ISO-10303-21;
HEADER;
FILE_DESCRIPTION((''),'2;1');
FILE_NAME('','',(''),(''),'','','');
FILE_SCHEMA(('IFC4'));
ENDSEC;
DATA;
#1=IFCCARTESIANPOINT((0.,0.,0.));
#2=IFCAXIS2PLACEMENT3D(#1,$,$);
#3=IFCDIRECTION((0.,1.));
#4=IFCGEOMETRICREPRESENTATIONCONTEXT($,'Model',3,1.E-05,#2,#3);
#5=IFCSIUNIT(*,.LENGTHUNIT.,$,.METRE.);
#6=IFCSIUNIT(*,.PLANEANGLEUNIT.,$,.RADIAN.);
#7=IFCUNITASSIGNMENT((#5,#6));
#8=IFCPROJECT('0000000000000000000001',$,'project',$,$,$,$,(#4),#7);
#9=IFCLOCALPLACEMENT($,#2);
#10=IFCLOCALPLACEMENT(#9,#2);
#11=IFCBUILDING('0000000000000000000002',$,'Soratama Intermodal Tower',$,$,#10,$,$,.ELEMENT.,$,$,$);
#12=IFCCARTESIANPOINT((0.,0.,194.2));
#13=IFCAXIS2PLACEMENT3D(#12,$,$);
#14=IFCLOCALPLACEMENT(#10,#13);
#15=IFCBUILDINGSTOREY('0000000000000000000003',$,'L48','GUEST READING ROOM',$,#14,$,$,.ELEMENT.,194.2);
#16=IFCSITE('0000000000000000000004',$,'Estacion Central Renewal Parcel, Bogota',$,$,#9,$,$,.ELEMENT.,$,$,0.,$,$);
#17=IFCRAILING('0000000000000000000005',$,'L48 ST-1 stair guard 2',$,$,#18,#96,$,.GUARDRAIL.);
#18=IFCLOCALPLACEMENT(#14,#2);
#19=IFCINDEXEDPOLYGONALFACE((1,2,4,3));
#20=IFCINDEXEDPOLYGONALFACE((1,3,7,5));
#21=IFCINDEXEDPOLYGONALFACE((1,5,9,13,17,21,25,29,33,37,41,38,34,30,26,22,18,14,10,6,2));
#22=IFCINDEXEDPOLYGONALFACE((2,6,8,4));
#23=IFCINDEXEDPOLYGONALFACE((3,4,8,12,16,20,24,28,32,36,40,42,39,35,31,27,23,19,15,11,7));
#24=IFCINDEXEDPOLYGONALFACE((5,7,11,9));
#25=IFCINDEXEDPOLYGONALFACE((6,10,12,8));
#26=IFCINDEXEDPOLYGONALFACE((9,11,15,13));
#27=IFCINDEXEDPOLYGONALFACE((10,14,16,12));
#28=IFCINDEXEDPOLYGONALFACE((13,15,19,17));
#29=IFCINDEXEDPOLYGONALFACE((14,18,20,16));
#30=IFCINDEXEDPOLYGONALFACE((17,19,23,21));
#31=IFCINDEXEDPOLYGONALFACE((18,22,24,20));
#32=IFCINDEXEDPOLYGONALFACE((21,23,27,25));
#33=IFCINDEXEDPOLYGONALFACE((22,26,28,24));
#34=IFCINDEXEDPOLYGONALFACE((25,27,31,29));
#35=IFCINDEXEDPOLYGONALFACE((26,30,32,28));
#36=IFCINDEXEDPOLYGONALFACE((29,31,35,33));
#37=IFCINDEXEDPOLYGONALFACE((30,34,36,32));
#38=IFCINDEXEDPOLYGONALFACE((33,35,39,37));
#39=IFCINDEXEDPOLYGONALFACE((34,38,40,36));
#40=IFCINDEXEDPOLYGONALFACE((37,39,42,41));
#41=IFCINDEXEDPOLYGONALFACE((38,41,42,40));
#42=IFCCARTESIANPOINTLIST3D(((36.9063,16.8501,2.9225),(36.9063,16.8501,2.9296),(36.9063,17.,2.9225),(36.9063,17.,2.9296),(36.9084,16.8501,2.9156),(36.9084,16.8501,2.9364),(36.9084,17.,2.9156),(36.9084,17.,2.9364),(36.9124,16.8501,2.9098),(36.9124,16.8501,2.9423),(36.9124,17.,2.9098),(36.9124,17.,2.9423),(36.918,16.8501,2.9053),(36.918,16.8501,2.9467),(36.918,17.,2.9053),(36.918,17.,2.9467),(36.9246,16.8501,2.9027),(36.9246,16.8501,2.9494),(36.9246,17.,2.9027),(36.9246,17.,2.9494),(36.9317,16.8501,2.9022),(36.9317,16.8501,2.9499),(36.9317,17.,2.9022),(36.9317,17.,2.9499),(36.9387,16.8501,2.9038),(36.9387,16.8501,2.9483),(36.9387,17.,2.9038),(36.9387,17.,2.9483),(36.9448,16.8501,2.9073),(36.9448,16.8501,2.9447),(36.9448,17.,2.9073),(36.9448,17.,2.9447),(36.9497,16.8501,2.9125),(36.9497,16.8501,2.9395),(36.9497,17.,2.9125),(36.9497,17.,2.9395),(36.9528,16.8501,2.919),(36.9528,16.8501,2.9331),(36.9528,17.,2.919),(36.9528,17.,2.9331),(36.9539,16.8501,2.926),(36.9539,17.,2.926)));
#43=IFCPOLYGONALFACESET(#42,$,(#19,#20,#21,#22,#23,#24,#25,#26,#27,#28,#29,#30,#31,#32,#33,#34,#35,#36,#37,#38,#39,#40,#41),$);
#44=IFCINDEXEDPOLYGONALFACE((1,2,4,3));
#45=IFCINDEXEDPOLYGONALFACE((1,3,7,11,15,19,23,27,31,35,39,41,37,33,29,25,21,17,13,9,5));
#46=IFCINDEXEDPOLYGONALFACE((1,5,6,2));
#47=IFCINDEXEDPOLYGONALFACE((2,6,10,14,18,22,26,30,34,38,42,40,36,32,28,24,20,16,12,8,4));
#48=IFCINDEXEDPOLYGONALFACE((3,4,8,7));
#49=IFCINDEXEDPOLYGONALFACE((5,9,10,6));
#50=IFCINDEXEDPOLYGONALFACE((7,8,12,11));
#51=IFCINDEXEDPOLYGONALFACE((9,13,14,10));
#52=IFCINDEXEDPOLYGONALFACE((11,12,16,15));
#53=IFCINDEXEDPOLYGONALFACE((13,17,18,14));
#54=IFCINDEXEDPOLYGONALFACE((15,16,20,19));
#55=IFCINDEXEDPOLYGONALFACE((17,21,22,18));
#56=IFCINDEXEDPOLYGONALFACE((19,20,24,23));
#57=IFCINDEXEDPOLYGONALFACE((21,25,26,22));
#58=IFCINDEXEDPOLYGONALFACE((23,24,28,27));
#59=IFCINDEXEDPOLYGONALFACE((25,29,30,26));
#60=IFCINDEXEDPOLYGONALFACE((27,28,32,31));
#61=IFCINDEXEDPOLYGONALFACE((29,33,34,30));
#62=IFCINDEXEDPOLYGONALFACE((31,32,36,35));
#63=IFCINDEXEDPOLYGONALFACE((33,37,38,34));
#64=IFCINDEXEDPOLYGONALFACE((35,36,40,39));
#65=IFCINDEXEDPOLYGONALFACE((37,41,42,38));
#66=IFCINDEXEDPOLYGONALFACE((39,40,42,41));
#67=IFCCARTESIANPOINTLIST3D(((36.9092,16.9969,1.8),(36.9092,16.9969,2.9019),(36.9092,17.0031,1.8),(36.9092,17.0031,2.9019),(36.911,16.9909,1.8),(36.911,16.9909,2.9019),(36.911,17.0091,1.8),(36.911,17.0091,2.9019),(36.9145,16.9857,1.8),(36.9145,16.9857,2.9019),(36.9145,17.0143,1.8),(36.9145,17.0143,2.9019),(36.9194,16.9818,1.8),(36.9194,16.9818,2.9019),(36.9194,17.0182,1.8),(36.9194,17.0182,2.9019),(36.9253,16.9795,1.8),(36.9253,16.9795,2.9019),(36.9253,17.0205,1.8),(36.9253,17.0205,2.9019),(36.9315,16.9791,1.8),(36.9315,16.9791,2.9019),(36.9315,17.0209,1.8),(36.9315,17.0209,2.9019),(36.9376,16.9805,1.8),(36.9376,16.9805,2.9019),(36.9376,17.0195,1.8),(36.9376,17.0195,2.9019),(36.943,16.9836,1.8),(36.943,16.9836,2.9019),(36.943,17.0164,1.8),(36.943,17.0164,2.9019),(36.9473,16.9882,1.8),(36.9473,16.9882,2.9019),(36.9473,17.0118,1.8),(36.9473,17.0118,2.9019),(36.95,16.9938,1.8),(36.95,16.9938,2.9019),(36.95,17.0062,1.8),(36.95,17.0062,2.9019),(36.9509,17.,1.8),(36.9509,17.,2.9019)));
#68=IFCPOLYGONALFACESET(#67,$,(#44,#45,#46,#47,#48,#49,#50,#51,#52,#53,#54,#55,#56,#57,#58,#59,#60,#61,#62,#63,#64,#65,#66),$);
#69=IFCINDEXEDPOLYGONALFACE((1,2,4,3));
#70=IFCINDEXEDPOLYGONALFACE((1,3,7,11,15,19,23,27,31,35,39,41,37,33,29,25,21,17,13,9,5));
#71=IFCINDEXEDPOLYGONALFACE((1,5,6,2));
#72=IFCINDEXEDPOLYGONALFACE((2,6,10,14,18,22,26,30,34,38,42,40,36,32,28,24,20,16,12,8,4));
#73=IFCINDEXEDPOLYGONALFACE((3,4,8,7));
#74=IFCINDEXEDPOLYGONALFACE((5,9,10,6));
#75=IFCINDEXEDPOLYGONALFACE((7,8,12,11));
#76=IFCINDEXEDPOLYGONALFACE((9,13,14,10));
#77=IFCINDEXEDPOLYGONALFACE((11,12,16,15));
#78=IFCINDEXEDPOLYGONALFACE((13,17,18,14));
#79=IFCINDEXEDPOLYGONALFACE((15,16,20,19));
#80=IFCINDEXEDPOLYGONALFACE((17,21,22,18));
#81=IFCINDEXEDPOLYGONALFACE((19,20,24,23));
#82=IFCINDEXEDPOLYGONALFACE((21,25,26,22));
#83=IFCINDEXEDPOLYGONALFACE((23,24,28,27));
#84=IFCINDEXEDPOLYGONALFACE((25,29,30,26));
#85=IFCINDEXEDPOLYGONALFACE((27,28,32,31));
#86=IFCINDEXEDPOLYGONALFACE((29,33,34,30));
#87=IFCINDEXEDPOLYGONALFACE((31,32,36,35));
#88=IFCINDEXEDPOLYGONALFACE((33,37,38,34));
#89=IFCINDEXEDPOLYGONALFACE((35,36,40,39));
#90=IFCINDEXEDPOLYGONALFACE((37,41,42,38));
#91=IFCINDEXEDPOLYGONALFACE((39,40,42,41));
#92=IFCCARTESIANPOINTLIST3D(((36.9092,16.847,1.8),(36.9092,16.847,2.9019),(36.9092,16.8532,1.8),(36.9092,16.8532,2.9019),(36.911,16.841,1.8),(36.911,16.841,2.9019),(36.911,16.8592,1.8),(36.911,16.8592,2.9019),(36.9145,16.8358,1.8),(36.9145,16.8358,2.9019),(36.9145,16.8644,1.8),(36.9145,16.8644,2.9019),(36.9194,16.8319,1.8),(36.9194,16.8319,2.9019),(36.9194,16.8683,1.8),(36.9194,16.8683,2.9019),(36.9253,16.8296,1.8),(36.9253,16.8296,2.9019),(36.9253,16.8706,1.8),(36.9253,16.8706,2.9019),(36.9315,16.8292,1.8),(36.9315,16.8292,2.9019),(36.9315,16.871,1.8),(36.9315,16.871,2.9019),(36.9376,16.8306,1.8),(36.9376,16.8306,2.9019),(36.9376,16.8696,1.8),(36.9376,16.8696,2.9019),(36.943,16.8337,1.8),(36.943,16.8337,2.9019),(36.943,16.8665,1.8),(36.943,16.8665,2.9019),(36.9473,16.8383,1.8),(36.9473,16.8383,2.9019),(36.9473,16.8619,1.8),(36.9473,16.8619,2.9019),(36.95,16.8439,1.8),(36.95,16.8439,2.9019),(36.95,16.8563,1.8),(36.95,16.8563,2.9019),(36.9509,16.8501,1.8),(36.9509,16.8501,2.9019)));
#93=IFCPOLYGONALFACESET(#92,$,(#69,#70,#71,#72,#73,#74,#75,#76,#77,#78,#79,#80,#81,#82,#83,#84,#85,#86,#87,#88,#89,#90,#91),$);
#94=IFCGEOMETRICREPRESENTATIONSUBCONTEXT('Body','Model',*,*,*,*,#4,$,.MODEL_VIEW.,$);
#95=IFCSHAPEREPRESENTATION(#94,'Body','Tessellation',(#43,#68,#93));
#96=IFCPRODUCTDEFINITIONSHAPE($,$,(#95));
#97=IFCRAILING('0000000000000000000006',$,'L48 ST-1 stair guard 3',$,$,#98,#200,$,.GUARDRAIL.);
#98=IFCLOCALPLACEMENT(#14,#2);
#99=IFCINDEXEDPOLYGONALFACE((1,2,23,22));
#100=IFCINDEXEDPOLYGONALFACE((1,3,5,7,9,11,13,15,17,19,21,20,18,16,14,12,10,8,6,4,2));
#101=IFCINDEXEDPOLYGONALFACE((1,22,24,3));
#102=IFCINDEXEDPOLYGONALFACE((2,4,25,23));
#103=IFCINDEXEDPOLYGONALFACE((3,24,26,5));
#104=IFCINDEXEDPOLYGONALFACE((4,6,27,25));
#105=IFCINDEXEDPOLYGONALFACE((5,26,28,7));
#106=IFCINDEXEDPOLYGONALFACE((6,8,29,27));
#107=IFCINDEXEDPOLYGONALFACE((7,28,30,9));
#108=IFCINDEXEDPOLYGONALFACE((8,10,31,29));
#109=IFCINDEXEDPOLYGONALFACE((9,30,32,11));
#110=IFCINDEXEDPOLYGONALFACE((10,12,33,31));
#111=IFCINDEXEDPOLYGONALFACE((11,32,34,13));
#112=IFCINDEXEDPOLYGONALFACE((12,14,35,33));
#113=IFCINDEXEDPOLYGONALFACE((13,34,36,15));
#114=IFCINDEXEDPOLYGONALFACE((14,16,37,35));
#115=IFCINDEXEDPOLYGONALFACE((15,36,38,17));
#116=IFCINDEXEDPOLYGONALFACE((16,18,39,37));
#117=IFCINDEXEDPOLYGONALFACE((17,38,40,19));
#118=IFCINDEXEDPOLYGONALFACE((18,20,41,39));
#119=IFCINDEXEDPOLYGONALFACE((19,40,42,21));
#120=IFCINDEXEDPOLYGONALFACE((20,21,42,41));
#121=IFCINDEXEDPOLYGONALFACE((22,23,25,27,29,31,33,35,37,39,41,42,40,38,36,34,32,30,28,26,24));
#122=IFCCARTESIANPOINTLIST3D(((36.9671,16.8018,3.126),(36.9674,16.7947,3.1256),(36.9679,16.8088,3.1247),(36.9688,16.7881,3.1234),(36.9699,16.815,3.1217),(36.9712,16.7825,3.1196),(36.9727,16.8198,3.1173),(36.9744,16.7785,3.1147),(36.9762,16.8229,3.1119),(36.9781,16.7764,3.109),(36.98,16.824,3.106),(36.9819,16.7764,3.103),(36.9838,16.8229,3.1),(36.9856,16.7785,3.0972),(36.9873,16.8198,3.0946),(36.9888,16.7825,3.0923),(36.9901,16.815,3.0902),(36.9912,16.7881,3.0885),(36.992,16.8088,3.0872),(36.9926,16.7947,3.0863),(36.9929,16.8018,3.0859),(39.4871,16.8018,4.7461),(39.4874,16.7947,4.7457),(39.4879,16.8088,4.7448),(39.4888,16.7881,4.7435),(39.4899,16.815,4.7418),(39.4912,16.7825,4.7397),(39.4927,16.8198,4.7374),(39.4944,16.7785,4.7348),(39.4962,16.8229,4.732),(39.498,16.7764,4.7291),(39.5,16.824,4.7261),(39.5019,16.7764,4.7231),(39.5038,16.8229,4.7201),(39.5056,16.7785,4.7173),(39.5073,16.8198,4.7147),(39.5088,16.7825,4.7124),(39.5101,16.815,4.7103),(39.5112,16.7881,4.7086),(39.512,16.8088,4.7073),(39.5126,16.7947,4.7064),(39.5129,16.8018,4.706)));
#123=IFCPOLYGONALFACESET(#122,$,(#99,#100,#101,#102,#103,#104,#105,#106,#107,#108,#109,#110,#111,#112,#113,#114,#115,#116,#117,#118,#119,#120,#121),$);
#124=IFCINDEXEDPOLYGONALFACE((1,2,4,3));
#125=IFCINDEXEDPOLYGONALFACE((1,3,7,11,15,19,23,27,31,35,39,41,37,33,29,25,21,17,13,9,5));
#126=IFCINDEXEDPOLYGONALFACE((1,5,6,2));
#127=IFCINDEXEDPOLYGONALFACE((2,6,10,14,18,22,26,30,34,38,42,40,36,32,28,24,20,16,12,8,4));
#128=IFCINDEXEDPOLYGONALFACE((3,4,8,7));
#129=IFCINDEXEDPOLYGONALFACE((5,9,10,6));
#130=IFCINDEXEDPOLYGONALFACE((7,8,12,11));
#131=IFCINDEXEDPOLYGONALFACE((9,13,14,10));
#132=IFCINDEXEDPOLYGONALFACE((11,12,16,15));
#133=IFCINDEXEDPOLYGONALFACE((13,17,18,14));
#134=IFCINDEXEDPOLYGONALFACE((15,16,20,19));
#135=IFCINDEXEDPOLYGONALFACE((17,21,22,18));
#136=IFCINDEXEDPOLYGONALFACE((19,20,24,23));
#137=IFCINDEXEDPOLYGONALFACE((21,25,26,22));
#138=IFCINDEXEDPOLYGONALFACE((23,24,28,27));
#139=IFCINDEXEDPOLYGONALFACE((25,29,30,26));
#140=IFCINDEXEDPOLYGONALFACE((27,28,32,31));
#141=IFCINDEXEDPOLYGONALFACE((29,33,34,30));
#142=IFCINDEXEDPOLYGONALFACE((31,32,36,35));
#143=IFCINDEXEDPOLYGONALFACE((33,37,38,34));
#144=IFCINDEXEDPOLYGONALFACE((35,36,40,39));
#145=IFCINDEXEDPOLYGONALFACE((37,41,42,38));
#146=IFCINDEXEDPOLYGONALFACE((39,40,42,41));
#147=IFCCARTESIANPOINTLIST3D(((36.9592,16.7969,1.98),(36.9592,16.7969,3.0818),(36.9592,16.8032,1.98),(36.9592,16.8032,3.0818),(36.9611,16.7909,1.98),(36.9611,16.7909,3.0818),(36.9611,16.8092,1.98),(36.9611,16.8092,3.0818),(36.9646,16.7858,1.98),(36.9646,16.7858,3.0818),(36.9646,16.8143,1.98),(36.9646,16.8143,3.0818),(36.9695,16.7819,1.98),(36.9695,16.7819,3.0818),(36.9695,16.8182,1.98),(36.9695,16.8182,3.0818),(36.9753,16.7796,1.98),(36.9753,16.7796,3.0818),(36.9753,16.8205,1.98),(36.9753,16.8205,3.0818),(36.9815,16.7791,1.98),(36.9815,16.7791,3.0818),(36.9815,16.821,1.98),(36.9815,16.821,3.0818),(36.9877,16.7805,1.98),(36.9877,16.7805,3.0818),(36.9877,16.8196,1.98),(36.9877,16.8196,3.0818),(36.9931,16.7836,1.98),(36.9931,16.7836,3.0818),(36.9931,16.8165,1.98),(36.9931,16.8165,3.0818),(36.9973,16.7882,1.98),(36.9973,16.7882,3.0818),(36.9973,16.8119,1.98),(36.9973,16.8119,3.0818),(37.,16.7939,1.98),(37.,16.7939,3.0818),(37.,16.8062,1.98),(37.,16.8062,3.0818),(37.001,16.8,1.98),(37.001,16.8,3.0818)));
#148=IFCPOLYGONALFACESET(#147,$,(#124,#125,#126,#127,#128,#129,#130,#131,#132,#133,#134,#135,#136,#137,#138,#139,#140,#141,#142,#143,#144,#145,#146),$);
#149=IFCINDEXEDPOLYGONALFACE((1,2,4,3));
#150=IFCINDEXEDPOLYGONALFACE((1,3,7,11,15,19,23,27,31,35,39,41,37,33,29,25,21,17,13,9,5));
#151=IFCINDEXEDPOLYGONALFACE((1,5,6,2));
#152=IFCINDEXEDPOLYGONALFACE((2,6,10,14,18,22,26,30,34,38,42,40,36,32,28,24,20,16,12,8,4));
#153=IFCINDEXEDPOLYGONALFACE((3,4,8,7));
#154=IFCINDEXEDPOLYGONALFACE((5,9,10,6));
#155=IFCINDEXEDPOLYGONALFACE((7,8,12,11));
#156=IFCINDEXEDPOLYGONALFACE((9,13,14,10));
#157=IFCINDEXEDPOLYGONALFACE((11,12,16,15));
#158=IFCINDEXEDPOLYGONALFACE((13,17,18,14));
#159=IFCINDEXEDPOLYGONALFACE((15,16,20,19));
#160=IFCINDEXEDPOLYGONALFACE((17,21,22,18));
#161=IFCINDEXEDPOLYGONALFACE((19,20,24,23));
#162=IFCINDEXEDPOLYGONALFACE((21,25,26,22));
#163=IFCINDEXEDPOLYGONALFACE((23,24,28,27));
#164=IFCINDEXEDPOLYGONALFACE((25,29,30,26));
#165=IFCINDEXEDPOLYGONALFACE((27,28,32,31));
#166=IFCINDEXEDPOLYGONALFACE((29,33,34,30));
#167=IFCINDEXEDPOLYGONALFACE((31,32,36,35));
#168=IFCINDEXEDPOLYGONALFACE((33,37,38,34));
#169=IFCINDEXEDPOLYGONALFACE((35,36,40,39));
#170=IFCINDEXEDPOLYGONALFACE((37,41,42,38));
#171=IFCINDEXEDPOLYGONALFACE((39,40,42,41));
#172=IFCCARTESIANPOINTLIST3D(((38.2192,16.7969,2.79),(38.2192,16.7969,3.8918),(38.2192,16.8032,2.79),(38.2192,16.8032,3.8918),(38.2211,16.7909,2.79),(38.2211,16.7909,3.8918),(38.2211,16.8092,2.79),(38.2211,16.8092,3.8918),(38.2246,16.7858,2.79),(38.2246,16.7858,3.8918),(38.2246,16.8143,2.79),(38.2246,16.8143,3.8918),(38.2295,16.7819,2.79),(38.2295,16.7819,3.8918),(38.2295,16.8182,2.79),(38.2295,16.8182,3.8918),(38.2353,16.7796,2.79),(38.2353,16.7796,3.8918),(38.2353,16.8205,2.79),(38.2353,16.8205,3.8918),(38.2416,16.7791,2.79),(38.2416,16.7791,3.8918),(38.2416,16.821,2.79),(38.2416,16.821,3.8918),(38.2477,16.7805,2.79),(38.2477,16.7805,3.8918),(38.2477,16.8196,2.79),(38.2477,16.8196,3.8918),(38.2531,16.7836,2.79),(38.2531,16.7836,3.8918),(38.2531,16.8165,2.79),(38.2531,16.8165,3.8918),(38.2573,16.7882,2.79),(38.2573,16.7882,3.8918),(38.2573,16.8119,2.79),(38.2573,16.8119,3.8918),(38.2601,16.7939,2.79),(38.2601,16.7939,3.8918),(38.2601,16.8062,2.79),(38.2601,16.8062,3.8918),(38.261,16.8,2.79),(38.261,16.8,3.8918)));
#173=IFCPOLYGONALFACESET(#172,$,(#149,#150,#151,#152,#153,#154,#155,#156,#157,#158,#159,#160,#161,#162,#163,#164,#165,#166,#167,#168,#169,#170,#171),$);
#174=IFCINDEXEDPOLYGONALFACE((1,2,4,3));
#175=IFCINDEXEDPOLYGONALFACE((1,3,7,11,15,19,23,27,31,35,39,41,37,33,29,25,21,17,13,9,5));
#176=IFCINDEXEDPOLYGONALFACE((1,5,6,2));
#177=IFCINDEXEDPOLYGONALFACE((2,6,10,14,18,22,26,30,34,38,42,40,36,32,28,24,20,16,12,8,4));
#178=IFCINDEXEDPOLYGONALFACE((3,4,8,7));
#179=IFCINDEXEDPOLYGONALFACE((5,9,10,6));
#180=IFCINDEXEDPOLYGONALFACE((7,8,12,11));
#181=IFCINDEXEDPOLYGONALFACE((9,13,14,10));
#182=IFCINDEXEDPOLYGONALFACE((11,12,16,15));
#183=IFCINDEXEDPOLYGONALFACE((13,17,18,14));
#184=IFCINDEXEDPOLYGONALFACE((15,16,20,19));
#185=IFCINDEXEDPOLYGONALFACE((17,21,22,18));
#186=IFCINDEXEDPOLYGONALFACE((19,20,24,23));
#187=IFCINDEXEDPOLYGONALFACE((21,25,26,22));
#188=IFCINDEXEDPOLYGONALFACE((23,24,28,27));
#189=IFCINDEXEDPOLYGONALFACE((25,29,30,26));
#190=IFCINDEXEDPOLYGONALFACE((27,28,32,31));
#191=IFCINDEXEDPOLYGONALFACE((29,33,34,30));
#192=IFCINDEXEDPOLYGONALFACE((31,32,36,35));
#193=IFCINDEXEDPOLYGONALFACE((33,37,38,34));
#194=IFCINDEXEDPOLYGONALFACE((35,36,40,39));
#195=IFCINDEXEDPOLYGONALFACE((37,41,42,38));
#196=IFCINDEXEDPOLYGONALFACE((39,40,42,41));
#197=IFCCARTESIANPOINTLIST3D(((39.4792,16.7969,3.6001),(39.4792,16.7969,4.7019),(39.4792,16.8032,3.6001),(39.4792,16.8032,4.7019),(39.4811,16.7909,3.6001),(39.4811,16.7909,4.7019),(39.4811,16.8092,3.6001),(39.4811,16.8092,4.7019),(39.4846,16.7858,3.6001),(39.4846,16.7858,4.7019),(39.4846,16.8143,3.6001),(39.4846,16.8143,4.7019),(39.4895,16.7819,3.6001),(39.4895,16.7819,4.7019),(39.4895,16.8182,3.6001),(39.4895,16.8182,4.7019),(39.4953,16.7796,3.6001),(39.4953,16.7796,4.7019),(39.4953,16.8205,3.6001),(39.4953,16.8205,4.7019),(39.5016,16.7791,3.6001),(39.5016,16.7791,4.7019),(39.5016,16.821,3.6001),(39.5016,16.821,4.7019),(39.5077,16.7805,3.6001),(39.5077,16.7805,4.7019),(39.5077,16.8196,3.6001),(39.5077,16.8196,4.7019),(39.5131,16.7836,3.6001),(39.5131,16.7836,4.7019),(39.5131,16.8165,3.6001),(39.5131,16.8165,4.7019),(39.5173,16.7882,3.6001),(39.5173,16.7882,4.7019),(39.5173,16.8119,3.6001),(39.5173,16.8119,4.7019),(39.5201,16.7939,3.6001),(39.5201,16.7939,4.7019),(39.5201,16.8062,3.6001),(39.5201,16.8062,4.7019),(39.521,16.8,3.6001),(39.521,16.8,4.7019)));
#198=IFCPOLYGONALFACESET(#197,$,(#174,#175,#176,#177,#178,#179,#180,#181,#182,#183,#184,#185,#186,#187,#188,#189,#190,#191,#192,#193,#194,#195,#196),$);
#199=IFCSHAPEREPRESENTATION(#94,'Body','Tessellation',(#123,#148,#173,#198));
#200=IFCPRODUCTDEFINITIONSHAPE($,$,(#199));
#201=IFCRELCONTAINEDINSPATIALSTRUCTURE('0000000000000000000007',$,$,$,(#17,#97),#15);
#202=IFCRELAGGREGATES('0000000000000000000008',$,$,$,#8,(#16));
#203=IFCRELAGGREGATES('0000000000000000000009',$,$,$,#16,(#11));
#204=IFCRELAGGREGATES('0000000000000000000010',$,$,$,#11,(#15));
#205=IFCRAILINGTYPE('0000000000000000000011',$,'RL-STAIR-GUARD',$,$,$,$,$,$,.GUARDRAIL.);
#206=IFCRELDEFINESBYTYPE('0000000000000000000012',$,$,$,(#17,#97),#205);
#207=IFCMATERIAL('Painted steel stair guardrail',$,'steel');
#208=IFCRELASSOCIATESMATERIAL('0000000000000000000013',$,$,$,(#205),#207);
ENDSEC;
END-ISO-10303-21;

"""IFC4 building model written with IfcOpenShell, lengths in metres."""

from ifc_helpers import new_model, si_unit, direction, frame, origin, origin_2d, place, context, subcontext, project, spatial, circle, extrude, material, type_object, element, save


model = new_model("IFC4")

# Units and contexts
model_context = context("Model", 3, precision=1e-05, world=origin(), true_north=direction((0.0, 1.0)))
body_context = subcontext(model_context, "Body", "Model", "MODEL_VIEW")
ifc_project = project(units=[si_unit("LENGTHUNIT", "METRE"), si_unit("PLANEANGLEUNIT", "RADIAN")], contexts=[model_context])

# Site, building, storey
site_placement = place(None, origin())
site = spatial("IfcSite", under=ifc_project, at=site_placement, Name="Estacion Central Renewal Parcel, Bogota", CompositionType="ELEMENT", RefElevation=0.0)
building_placement = place(site_placement, origin())
building = spatial("IfcBuilding", under=site, at=building_placement, Name="Soratama Intermodal Tower", CompositionType="ELEMENT")
storey_placement = place(building_placement, frame((0.0, 0.0, 194.2)))
storey = spatial("IfcBuildingStorey", under=building, at=storey_placement, Name="L48", Description="GUEST READING ROOM", CompositionType="ELEMENT", Elevation=194.2)

# Railings
ifc_material_1 = material(Name="Painted steel stair guardrail", Category="steel")
railing_type_1 = type_object("IfcRailingType", Name="RL-STAIR-GUARD", PredefinedType="GUARDRAIL", material=ifc_material_1)
railing_1_placement = place(storey_placement, frame((36.9299, 17.0, 1.8)))
element("IfcRailing", 1, at=railing_1_placement, inside=storey, type_object=railing_type_1, Name="L48 ST-1 stair guard 2", PredefinedType="GUARDRAIL", context=body_context, shape_type="SweptSolid", body=[
    extrude(circle(Radius=0.0239, at=origin_2d()), frame((0.0, 0.0, 1.126), z_axis=(0.0, -1.0, 0.0), x_axis=(1.0, 0.0, 0.0)), (0.0, 0.0, 1.0), 0.1499),
    extrude(circle(Radius=0.021, at=origin_2d()), origin(), (0.0, 0.0, 1.0), 1.1018),
    extrude(circle(Radius=0.021, at=origin_2d()), frame((0.0, -0.1499, 0.0)), (0.0, 0.0, 1.0), 1.1018),
])
railing_2_placement = place(storey_placement, frame((36.98, 16.8, 1.98)))
element("IfcRailing", 2, at=railing_2_placement, inside=storey, type_object=railing_type_1, Name="L48 ST-1 stair guard 3", PredefinedType="GUARDRAIL", context=body_context, shape_type="SweptSolid", body=[
    extrude(circle(Radius=0.0239, at=origin_2d()), frame((0.0, 0.0, 1.126), z_axis=(0.841163, 0.0, 0.540782), x_axis=(0.0, 1.0, 0.0)), (0.0, 0.0, 1.0), 2.9958),
    extrude(circle(Radius=0.021, at=origin_2d()), origin(), (0.0, 0.0, 1.0), 1.1018),
    extrude(circle(Radius=0.021, at=origin_2d()), frame((1.26, 0.0, 0.8101)), (0.0, 0.0, 1.0), 1.1018),
    extrude(circle(Radius=0.021, at=origin_2d()), frame((2.52, 0.0, 1.6201)), (0.0, 0.0, 1.0), 1.1018),
])

save(model, "model.ifc")
